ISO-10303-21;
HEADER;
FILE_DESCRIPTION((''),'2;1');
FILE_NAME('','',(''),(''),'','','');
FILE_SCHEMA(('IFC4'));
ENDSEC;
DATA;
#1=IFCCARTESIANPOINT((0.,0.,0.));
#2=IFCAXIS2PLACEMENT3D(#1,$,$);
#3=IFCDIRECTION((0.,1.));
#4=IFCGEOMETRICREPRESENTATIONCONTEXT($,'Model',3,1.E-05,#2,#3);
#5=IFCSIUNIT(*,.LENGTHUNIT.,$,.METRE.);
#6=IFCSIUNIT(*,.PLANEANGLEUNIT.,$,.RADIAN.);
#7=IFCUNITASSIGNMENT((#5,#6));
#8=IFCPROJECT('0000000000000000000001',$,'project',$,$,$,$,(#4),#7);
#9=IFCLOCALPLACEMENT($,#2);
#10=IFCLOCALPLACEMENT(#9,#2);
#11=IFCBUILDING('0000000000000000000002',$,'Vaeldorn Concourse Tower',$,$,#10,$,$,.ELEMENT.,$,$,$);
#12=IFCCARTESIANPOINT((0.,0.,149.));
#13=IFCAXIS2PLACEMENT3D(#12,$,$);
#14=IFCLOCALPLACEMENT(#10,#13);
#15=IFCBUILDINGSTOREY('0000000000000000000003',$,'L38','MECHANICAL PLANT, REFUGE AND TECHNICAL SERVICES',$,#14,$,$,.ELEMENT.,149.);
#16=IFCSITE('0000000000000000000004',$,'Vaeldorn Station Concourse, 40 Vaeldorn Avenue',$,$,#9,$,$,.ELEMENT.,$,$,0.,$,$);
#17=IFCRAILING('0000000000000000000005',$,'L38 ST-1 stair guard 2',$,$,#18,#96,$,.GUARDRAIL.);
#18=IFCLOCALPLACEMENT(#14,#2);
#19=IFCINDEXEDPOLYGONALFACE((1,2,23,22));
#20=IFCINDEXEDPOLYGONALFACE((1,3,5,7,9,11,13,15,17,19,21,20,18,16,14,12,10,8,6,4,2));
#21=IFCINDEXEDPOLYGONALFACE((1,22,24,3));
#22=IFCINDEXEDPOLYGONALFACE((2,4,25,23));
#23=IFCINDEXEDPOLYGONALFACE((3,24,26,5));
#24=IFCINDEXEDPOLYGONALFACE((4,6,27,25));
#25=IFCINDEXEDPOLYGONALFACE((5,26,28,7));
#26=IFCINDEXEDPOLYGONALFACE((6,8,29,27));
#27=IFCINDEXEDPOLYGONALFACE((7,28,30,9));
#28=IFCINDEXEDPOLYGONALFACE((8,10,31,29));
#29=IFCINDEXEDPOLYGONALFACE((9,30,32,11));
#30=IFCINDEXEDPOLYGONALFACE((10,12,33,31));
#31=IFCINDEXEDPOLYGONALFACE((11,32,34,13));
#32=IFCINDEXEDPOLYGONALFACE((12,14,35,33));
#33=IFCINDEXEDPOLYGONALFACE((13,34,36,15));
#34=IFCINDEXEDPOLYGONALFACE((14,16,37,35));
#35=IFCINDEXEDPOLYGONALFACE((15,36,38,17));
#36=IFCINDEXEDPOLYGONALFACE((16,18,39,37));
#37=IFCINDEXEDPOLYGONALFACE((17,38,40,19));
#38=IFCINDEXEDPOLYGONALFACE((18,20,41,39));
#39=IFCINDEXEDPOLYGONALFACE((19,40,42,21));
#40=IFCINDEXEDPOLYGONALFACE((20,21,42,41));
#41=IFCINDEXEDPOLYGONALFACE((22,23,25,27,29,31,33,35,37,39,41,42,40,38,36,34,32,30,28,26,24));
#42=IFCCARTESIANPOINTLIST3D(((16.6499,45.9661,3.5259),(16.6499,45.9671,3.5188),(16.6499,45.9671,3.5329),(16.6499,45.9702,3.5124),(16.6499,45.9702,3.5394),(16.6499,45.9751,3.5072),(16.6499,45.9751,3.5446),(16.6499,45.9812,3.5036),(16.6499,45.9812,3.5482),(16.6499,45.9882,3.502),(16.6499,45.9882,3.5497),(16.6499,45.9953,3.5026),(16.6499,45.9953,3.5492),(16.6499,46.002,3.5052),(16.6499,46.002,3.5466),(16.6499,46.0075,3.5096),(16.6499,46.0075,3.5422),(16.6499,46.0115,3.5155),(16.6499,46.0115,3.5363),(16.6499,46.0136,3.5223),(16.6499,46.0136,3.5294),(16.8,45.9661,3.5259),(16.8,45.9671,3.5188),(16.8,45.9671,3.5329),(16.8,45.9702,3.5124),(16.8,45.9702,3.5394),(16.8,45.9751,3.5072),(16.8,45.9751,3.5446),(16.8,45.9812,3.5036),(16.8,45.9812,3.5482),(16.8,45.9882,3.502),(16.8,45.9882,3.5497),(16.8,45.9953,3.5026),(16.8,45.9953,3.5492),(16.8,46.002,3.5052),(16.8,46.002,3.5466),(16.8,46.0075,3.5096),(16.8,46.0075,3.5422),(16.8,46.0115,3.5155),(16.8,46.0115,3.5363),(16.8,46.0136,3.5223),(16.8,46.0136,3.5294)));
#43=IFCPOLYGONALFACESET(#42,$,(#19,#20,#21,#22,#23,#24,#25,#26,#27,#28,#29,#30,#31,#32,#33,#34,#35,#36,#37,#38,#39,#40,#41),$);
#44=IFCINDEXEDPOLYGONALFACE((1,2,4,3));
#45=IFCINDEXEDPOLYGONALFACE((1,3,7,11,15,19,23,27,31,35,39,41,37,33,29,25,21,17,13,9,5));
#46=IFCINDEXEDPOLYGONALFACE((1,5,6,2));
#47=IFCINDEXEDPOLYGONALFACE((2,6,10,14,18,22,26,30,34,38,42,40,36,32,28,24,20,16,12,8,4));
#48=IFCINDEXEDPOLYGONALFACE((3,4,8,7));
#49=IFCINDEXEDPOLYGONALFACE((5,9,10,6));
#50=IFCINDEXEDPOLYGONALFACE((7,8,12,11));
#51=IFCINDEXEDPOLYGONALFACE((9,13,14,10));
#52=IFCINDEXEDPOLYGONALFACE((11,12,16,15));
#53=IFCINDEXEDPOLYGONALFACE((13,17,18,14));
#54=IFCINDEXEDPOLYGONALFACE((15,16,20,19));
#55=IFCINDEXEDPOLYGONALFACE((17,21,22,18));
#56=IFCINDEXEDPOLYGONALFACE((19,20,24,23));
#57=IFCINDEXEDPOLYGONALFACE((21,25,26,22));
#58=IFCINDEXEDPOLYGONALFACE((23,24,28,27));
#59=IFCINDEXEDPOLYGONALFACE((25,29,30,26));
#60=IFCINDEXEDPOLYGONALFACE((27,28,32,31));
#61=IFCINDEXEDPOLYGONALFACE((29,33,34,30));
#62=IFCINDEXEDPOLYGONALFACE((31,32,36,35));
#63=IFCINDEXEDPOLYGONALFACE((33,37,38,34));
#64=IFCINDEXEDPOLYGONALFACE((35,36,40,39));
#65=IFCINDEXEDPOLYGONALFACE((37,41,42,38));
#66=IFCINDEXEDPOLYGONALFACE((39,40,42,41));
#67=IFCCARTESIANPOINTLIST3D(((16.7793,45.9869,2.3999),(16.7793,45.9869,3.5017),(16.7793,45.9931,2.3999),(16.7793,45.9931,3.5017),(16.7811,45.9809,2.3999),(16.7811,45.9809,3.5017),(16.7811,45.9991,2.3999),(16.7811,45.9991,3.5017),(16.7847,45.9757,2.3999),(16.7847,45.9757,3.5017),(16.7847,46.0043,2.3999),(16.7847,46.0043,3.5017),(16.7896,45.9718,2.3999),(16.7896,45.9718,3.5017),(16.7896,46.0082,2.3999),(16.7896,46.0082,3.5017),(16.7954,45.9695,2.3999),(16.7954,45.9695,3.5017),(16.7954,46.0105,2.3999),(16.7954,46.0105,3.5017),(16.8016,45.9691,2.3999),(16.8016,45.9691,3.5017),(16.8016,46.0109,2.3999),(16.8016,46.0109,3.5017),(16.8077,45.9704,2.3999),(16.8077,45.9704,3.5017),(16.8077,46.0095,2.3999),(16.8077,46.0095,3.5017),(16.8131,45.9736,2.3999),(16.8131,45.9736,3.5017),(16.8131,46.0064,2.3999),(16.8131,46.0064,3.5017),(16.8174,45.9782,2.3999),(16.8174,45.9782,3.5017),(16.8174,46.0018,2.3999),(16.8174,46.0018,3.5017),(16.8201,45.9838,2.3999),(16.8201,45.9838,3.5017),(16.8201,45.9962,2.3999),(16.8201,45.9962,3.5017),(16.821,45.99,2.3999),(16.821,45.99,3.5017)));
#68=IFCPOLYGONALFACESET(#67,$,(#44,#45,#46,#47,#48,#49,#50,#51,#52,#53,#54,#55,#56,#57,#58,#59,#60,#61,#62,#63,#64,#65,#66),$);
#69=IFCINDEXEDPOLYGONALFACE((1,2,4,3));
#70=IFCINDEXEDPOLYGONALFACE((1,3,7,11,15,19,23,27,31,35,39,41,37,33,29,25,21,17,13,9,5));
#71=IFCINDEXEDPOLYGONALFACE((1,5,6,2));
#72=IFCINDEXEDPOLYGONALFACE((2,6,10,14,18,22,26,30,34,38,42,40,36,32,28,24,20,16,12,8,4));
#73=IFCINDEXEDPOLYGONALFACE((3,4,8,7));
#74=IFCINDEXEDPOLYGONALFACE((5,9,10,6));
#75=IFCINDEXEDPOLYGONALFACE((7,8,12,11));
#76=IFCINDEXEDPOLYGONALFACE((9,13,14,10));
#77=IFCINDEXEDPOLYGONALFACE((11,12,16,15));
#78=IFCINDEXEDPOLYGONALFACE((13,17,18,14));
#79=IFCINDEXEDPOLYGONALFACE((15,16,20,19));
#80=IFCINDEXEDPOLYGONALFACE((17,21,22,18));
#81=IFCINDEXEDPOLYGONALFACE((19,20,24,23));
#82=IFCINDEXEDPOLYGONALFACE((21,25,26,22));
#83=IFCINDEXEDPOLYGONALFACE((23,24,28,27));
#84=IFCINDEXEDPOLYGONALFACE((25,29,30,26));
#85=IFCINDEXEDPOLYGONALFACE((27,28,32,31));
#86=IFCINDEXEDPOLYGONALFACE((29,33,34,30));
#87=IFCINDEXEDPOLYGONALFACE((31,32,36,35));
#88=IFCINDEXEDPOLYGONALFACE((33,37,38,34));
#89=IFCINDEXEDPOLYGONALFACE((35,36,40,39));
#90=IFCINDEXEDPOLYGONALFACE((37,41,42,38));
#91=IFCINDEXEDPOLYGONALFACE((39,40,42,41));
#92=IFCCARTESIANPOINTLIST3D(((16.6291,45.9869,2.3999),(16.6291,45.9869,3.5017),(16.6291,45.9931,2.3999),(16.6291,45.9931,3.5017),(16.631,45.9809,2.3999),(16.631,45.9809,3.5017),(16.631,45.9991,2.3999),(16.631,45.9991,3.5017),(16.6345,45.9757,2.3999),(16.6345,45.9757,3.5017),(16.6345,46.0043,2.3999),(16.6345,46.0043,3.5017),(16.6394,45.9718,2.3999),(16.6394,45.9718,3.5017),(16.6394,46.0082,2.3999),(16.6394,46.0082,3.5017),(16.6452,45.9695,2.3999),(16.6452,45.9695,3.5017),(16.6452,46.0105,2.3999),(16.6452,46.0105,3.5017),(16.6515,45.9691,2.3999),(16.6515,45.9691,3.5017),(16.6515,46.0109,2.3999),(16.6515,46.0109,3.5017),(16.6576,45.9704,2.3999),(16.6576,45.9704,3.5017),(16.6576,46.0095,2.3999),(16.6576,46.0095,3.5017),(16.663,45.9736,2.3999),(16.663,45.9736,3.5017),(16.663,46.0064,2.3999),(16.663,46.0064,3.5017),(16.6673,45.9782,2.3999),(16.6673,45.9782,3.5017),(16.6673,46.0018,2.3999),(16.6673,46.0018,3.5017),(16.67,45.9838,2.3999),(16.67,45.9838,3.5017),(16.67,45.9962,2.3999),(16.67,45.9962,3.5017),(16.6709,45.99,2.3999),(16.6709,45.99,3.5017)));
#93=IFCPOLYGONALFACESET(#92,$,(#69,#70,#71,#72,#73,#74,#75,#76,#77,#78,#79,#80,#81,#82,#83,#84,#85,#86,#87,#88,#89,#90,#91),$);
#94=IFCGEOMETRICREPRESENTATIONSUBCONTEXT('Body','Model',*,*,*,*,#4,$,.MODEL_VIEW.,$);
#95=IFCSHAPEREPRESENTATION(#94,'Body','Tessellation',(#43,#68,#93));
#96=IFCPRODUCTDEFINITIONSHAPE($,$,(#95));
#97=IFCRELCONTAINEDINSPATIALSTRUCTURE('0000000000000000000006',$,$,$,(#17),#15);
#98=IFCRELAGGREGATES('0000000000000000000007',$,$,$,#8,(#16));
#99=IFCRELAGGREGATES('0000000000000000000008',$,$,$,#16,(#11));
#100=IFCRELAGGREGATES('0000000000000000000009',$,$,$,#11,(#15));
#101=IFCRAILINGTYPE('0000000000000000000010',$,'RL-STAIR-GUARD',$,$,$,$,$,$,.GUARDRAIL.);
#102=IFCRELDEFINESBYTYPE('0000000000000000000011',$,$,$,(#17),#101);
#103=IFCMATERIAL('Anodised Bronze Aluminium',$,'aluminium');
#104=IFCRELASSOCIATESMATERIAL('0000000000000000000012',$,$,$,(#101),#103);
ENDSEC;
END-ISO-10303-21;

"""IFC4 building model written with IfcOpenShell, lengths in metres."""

from ifc_helpers import new_model, si_unit, direction, frame, origin, origin_2d, place, context, subcontext, project, spatial, circle, extrude, material, type_object, element, save


model = new_model("IFC4")

# Units and contexts
model_context = context("Model", 3, precision=1e-05, world=origin(), true_north=direction((0.0, 1.0)))
body_context = subcontext(model_context, "Body", "Model", "MODEL_VIEW")
ifc_project = project(units=[si_unit("LENGTHUNIT", "METRE"), si_unit("PLANEANGLEUNIT", "RADIAN")], contexts=[model_context])

# Site, building, storey
site_placement = place(None, origin())
site = spatial("IfcSite", under=ifc_project, at=site_placement, Name="Vaeldorn Station Concourse, 40 Vaeldorn Avenue", CompositionType="ELEMENT", RefElevation=0.0)
building_placement = place(site_placement, origin())
building = spatial("IfcBuilding", under=site, at=building_placement, Name="Vaeldorn Concourse Tower", CompositionType="ELEMENT")
storey_placement = place(building_placement, frame((0.0, 0.0, 149.0)))
storey = spatial("IfcBuildingStorey", under=building, at=storey_placement, Name="L38", Description="MECHANICAL PLANT, REFUGE AND TECHNICAL SERVICES", CompositionType="ELEMENT", Elevation=149.0)

# Railing
ifc_material_1 = material(Name="Anodised Bronze Aluminium", Category="aluminium")
railing_type_1 = type_object("IfcRailingType", Name="RL-STAIR-GUARD", PredefinedType="GUARDRAIL", material=ifc_material_1)
railing_1_placement = place(storey_placement, frame((16.8, 45.99, 2.3999)))
element("IfcRailing", 1, at=railing_1_placement, inside=storey, type_object=railing_type_1, Name="L38 ST-1 stair guard 2", PredefinedType="GUARDRAIL", context=body_context, shape_type="SweptSolid", body=[
    extrude(circle(Radius=0.0239, at=origin_2d()), frame((0.0, 0.0, 1.126), z_axis=(-1.0, 0.0, 0.0), x_axis=(0.0, -1.0, 0.0)), (0.0, 0.0, 1.0), 0.1501),
    extrude(circle(Radius=0.021, at=origin_2d()), origin(), (0.0, 0.0, 1.0), 1.1018),
    extrude(circle(Radius=0.021, at=origin_2d()), frame((-0.1501, 0.0, 0.0)), (0.0, 0.0, 1.0), 1.1018),
])

save(model, "model.ifc")
